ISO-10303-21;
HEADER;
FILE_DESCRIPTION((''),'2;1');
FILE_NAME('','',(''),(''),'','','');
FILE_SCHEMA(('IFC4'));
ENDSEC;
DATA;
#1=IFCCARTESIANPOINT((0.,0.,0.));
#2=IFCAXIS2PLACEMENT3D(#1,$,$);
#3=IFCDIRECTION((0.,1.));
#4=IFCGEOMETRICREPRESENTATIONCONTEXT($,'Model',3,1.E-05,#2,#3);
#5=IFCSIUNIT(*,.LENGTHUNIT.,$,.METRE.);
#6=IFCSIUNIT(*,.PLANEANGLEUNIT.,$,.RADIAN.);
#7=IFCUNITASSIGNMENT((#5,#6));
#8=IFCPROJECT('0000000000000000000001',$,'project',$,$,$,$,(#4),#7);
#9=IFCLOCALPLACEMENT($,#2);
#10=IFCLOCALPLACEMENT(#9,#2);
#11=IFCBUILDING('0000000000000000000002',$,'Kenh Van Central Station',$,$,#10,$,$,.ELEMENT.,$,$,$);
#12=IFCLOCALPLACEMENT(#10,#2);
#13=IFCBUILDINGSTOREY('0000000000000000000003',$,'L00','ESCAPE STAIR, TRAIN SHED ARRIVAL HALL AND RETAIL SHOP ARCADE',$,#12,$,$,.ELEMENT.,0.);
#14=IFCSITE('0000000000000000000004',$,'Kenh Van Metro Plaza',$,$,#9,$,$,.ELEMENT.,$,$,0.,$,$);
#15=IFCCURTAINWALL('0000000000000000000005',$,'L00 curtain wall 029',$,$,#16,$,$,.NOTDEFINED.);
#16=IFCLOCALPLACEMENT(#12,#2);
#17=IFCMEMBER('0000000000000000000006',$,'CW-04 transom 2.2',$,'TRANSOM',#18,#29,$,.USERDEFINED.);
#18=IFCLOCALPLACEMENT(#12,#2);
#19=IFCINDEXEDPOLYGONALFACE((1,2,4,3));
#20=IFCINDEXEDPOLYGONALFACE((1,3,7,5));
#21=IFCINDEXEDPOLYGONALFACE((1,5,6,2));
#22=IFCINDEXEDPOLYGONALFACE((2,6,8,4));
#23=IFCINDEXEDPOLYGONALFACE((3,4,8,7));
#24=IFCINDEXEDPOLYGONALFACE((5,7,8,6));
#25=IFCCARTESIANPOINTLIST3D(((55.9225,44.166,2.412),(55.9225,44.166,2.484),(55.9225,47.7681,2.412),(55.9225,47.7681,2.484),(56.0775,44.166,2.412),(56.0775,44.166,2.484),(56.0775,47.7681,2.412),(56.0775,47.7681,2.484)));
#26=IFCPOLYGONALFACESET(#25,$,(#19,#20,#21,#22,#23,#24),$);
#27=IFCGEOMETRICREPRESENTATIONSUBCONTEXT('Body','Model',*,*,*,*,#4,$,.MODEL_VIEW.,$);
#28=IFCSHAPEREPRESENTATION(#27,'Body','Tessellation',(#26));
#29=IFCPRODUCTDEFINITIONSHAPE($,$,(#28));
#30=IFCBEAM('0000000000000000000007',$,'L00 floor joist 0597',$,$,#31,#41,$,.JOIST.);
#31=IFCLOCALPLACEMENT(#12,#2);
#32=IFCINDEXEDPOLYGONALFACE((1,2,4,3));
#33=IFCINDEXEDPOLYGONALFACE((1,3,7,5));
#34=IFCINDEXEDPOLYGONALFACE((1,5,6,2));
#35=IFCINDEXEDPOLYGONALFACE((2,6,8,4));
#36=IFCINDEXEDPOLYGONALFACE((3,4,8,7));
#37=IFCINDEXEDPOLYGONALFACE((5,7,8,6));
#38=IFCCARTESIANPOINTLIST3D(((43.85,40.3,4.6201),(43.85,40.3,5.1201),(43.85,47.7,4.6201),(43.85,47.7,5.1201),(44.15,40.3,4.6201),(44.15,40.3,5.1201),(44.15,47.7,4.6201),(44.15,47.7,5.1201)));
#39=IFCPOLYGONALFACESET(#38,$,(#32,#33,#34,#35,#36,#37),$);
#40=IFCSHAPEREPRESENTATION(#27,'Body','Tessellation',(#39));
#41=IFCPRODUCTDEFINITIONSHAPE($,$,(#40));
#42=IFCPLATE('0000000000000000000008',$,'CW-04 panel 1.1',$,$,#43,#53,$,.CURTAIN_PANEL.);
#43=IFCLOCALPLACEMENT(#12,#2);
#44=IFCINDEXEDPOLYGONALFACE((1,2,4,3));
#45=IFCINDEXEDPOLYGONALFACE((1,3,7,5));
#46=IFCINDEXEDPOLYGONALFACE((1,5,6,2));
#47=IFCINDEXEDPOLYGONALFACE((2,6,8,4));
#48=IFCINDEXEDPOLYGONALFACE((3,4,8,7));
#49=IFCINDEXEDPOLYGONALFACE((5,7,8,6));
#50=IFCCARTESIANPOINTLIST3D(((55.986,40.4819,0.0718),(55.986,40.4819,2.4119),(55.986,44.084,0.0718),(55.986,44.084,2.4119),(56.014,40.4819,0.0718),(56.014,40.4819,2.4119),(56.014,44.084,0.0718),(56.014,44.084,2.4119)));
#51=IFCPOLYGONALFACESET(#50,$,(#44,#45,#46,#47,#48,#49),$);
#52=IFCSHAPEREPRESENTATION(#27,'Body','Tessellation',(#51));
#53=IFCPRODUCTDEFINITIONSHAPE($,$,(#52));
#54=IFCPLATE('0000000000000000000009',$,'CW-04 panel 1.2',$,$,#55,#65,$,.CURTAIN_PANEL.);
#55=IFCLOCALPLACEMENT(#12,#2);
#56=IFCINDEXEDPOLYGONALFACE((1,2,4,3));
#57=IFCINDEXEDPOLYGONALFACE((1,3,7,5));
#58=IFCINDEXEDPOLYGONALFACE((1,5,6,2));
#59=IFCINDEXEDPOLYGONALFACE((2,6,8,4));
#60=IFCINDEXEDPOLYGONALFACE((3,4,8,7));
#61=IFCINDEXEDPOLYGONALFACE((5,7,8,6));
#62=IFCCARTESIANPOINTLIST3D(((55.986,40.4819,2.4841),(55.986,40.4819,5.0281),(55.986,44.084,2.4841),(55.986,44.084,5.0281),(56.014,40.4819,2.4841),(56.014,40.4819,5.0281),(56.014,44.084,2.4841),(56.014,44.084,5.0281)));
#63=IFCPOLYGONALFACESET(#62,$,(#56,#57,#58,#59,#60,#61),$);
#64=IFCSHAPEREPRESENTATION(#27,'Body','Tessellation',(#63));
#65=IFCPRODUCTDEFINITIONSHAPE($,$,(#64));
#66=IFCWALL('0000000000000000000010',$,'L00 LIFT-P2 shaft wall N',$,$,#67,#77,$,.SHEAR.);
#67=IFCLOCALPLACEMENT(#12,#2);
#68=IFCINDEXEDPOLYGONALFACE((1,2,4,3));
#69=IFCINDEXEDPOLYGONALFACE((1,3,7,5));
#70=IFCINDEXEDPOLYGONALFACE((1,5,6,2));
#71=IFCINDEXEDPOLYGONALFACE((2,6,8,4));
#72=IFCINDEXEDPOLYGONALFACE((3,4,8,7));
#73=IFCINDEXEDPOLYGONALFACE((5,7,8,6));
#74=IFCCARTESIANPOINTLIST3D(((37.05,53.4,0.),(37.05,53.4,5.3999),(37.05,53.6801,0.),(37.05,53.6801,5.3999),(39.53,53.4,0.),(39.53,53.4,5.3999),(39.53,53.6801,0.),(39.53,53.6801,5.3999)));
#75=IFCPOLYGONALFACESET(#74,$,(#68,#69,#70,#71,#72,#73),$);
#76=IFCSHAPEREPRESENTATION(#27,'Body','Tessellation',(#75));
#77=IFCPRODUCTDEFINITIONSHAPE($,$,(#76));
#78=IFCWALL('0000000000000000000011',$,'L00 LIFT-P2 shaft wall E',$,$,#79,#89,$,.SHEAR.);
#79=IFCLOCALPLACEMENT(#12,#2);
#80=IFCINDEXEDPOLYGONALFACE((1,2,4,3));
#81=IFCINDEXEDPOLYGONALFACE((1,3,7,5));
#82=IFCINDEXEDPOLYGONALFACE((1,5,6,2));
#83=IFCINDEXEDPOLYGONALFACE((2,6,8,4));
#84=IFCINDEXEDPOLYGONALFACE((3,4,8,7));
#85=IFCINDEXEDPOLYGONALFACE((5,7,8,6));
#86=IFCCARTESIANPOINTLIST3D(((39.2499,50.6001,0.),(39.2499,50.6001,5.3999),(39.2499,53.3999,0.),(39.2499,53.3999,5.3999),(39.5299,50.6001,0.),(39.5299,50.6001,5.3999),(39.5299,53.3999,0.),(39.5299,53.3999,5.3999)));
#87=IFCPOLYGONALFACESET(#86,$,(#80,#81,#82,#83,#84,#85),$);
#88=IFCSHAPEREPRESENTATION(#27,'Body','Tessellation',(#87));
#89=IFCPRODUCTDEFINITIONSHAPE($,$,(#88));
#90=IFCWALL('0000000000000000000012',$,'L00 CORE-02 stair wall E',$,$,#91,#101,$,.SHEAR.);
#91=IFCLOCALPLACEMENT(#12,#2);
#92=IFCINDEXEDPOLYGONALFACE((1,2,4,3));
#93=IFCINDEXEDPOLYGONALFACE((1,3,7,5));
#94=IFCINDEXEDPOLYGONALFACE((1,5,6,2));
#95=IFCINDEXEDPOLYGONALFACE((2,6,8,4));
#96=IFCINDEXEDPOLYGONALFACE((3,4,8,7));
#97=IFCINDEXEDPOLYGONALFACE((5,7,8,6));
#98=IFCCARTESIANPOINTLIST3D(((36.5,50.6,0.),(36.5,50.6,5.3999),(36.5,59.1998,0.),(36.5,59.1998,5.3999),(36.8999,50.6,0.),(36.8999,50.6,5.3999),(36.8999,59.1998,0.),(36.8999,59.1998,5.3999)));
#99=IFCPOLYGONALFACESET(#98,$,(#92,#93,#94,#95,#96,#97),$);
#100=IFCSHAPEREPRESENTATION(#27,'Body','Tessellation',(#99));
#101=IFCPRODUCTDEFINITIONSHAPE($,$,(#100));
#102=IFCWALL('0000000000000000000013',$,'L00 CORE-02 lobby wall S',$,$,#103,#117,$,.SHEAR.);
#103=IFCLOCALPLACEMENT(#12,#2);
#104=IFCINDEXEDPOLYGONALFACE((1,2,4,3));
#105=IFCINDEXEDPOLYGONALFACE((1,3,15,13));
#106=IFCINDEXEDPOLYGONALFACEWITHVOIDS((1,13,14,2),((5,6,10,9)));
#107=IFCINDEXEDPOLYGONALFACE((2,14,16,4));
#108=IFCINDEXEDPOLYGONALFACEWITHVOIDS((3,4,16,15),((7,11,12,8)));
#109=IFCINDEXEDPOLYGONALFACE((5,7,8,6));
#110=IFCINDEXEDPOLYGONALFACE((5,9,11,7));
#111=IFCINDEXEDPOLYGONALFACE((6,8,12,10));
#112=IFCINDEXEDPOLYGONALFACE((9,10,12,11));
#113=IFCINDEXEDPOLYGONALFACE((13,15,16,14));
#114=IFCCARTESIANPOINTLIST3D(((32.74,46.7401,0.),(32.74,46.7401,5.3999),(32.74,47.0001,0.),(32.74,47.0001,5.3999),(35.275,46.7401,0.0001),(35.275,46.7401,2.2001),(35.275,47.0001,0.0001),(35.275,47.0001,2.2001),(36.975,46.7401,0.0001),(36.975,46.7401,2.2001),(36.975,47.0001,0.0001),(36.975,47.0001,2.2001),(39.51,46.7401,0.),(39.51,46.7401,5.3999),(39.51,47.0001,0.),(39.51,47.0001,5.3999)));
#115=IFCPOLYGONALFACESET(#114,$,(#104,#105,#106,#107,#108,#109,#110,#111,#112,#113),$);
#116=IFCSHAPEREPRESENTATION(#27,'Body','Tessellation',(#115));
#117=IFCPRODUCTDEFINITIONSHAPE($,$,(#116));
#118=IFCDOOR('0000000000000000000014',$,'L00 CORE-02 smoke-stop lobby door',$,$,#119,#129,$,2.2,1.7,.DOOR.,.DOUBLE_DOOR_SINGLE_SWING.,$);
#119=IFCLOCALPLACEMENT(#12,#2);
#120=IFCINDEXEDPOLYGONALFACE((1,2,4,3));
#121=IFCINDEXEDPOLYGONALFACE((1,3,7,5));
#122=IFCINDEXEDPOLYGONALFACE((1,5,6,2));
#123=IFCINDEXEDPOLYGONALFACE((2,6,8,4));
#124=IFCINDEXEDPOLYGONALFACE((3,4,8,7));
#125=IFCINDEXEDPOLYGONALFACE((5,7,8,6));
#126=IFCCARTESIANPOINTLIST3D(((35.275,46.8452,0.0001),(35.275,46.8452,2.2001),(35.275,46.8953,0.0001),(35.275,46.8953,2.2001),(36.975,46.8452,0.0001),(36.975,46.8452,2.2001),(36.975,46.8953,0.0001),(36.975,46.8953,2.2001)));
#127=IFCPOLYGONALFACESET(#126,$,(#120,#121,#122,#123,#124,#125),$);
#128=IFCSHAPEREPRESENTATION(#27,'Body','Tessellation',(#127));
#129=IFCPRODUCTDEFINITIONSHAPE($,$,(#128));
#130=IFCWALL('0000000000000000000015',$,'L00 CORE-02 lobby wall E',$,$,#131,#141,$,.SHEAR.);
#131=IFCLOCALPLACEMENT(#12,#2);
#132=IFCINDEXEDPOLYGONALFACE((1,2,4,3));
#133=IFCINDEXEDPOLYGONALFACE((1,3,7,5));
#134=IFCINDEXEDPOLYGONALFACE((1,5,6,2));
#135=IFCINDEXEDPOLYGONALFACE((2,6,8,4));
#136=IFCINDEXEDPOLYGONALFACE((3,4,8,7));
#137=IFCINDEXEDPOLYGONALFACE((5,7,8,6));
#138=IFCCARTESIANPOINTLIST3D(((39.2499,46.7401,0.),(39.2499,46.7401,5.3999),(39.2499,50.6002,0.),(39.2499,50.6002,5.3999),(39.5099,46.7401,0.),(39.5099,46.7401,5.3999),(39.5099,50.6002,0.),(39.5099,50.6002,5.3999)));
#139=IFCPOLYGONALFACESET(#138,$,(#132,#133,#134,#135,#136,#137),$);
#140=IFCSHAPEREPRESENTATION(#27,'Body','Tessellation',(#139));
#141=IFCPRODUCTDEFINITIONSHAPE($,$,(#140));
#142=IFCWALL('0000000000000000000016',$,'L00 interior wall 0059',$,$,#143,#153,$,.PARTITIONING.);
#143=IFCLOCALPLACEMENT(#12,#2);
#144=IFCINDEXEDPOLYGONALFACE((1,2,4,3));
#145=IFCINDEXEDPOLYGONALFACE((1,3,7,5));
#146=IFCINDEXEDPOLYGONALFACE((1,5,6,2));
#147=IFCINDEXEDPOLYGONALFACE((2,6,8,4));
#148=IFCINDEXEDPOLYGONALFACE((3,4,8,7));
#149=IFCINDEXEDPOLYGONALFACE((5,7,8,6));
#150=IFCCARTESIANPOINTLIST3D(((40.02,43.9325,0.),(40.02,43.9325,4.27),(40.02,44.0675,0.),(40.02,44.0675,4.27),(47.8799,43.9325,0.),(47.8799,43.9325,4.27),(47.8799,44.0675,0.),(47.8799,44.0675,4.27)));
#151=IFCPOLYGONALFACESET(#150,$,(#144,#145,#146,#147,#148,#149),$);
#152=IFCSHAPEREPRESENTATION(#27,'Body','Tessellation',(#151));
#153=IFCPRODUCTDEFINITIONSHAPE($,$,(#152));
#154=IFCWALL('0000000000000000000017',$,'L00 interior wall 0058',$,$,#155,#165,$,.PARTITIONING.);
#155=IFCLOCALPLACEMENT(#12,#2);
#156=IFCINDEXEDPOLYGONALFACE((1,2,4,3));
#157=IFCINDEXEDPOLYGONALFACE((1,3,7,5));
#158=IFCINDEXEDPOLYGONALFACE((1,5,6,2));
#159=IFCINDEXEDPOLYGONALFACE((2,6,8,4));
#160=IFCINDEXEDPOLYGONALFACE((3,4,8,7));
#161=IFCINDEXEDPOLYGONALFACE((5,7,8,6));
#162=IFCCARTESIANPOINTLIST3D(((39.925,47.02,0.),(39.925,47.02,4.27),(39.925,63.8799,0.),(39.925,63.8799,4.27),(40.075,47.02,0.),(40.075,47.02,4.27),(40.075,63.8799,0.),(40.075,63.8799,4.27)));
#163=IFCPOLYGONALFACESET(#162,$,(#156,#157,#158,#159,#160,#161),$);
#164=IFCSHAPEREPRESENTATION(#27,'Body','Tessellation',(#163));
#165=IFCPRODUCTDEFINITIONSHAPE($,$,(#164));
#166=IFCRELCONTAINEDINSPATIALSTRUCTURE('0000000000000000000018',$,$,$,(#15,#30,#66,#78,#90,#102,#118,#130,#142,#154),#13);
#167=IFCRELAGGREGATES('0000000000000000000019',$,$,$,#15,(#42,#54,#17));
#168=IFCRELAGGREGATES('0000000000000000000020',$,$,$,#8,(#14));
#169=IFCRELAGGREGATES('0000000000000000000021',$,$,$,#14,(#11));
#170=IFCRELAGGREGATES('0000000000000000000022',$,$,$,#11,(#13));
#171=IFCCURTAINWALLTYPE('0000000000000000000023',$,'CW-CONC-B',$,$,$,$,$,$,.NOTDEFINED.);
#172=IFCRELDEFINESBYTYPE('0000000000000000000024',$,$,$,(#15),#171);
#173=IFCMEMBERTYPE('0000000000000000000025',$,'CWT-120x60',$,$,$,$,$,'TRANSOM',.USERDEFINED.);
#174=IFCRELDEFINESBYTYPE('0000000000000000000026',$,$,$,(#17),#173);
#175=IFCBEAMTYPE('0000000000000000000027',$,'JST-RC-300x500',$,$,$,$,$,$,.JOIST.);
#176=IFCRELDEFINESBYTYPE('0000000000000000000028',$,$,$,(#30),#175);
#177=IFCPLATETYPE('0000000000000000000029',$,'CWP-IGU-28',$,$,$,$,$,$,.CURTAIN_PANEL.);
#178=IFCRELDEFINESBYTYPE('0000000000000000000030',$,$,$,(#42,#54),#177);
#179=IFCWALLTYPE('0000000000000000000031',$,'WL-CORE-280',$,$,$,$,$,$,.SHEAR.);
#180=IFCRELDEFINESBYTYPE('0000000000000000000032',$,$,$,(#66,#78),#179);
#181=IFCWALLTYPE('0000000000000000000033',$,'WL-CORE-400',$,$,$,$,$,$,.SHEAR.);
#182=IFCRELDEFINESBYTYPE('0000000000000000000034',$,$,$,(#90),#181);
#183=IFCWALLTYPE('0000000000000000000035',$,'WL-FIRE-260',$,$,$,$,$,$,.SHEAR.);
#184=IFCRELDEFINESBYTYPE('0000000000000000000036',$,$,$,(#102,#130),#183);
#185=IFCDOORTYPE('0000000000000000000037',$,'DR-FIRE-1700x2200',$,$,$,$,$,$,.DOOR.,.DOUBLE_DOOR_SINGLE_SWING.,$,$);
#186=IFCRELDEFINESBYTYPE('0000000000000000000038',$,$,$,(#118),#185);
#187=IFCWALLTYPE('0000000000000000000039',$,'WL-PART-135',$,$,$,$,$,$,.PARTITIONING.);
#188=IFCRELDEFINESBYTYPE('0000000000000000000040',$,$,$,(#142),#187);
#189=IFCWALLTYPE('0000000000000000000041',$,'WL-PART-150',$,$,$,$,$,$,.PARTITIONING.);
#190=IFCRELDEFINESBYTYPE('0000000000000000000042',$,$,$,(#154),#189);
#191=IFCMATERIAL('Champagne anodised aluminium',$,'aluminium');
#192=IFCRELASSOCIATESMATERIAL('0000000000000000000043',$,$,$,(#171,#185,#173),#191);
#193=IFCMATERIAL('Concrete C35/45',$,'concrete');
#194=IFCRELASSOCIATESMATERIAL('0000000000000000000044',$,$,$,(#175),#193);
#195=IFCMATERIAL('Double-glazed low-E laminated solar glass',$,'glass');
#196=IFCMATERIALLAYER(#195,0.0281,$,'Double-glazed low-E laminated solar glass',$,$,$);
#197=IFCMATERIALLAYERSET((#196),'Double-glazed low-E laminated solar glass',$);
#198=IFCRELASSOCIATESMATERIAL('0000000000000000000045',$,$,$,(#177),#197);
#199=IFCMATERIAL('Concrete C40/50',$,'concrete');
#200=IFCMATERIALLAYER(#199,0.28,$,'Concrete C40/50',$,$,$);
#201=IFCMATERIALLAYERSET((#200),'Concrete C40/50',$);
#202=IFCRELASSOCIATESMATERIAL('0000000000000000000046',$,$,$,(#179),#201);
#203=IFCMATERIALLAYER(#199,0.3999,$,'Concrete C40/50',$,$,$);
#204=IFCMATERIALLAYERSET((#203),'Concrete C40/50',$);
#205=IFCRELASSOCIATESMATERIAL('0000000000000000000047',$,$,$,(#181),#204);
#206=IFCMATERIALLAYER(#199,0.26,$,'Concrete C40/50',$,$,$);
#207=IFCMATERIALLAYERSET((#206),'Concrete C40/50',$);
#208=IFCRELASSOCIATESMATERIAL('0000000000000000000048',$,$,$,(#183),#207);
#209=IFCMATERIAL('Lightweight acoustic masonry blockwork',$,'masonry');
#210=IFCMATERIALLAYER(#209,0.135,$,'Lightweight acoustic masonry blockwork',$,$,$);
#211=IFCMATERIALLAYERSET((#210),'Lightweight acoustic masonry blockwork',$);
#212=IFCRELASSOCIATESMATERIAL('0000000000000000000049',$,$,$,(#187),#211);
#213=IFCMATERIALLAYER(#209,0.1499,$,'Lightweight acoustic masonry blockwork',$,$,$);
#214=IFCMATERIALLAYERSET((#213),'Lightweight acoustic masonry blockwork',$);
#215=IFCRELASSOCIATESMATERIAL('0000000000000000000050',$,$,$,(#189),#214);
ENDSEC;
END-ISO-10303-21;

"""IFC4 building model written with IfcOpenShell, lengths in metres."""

from ifc_helpers import new_model, si_unit, direction, frame, frame_2d, origin, origin_2d, place, context, subcontext, project, spatial, rectangle, extrude, material, layer, layer_set, material_profile, profile_set, type_object, element, fill, aggregate, save


model = new_model("IFC4")

# Units and contexts
model_context = context("Model", 3, precision=1e-05, world=origin(), true_north=direction((0.0, 1.0)))
body_context = subcontext(model_context, "Body", "Model", "MODEL_VIEW")
ifc_project = project(units=[si_unit("LENGTHUNIT", "METRE"), si_unit("PLANEANGLEUNIT", "RADIAN")], contexts=[model_context])

# Site, building, storey
site_placement = place(None, origin())
site = spatial("IfcSite", under=ifc_project, at=site_placement, Name="Kenh Van Metro Plaza", CompositionType="ELEMENT", RefElevation=0.0)
building_placement = place(site_placement, origin())
building = spatial("IfcBuilding", under=site, at=building_placement, Name="Kenh Van Central Station", CompositionType="ELEMENT")
storey_placement = place(building_placement, origin())
storey = spatial("IfcBuildingStorey", under=building, at=storey_placement, Name="L00", Description="ESCAPE STAIR, TRAIN SHED ARRIVAL HALL AND RETAIL SHOP ARCADE", CompositionType="ELEMENT", Elevation=0.0)

# Shared definitions
ifc_material_1 = material(Name="Concrete C40/50", Category="concrete")

# Shared definitions
ifc_material_2 = material(Name="Concrete C35/45", Category="concrete")

# Curtain wall, member
ifc_material_3 = material(Name="Champagne anodised aluminium", Category="aluminium")
curtain_wall_type = type_object("IfcCurtainWallType", Name="CW-CONC-B", PredefinedType="NOTDEFINED", material=ifc_material_3)
curtain_wall_placement = place(storey_placement, origin())
curtain_wall = element("IfcCurtainWall", 1, at=curtain_wall_placement, inside=storey, type_object=curtain_wall_type, Name="L00 curtain wall 029", PredefinedType="NOTDEFINED")
ifc_material_profile_1 = material_profile(ifc_material_3, rectangle(XDim=0.155, YDim=0.072, at=origin_2d()), Name="AL 155x72")
ifc_profile_set_1 = profile_set([ifc_material_profile_1], Name="Champagne anodised aluminium")
member_type_1 = type_object("IfcMemberType", Name="CWT-120x60", ElementType="TRANSOM", PredefinedType="USERDEFINED", material=ifc_profile_set_1)
member_1_placement = place(storey_placement, frame((56.0, 44.166, 2.448), z_axis=(0.0, 1.0, 0.0), x_axis=(-1.0, 0.0, 0.0)))
member_1 = element("IfcMember", 2, at=member_1_placement, type_object=member_type_1, Name="CW-04 transom 2.2", ObjectType="TRANSOM", PredefinedType="USERDEFINED", context=body_context, shape_type="SweptSolid", body=[
    extrude(rectangle(XDim=0.155, YDim=0.072, at=origin_2d()), origin(), (0.0, 0.0, 1.0), 3.6021),
])

# Beam
ifc_material_profile_2 = material_profile(ifc_material_2, rectangle(XDim=0.3, YDim=0.5, at=origin_2d()), Name="RC 300x500")
ifc_profile_set_2 = profile_set([ifc_material_profile_2], Name="Concrete C35/45")
beam_type_1 = type_object("IfcBeamType", Name="JST-RC-300x500", PredefinedType="JOIST", material=ifc_profile_set_2)
beam_1_placement = place(storey_placement, frame((44.0, 40.3, 4.8701), z_axis=(0.0, 1.0, 0.0), x_axis=(-1.0, 0.0, 0.0)))
element("IfcBeam", 3, at=beam_1_placement, inside=storey, type_object=beam_type_1, Name="L00 floor joist 0597", PredefinedType="JOIST", context=body_context, shape_type="SweptSolid", body=[
    extrude(rectangle(XDim=0.3, YDim=0.5, at=origin_2d()), origin(), (0.0, 0.0, 1.0), 7.3999),
])

# Plates
ifc_material_4 = material(Name="Double-glazed low-E laminated solar glass", Category="glass")
ifc_layer_1 = layer(ifc_material_4, 0.0281, Name="Double-glazed low-E laminated solar glass")
ifc_layer_set_1 = layer_set([ifc_layer_1], Name="Double-glazed low-E laminated solar glass")
plate_type = type_object("IfcPlateType", Name="CWP-IGU-28", PredefinedType="CURTAIN_PANEL", material=ifc_layer_set_1)
plate_1_placement = place(storey_placement, frame((56.0, 42.283, 0.0718), z_axis=(0.0, 0.0, 1.0), x_axis=(0.0, 1.0, 0.0)))
plate_1 = element("IfcPlate", 4, at=plate_1_placement, type_object=plate_type, Name="CW-04 panel 1.1", PredefinedType="CURTAIN_PANEL", context=body_context, shape_type="SweptSolid", body=[
    extrude(rectangle(XDim=3.6021, YDim=0.0281, at=origin_2d()), origin(), (0.0, 0.0, 1.0), 2.3401),
])
plate_2_placement = place(storey_placement, frame((56.0, 42.283, 2.4841), z_axis=(0.0, 0.0, 1.0), x_axis=(0.0, 1.0, 0.0)))
plate_2 = element("IfcPlate", 5, at=plate_2_placement, type_object=plate_type, Name="CW-04 panel 1.2", PredefinedType="CURTAIN_PANEL", context=body_context, shape_type="SweptSolid", body=[
    extrude(rectangle(XDim=3.6021, YDim=0.0281, at=origin_2d()), origin(), (0.0, 0.0, 1.0), 2.5439),
])
aggregate(curtain_wall, [plate_1, plate_2, member_1])

# Shared definitions
ifc_layer_2 = layer(ifc_material_1, 0.28, Name="Concrete C40/50")
ifc_layer_set_2 = layer_set([ifc_layer_2], Name="Concrete C40/50")
wall_type_1 = type_object("IfcWallType", Name="WL-CORE-280", PredefinedType="SHEAR", material=ifc_layer_set_2)

# Walls
wall_1_placement = place(storey_placement, frame((37.05, 53.54, 0.0), z_axis=(0.0, 0.0, 1.0), x_axis=(1.0, 0.0, 0.0)))
element("IfcWall", 6, at=wall_1_placement, inside=storey, type_object=wall_type_1, Name="L00 LIFT-P2 shaft wall N", PredefinedType="SHEAR", context=body_context, shape_type="SweptSolid", body=[
    extrude(rectangle(XDim=2.48, YDim=0.28, at=frame_2d((1.24, 0.0))), origin(), (0.0, 0.0, 1.0), 5.3999),
])
wall_2_placement = place(storey_placement, frame((39.3899, 50.6001, 0.0), z_axis=(0.0, 0.0, 1.0), x_axis=(0.0, 1.0, 0.0)))
element("IfcWall", 7, at=wall_2_placement, inside=storey, type_object=wall_type_1, Name="L00 LIFT-P2 shaft wall E", PredefinedType="SHEAR", context=body_context, shape_type="SweptSolid", body=[
    extrude(rectangle(XDim=2.7998, YDim=0.28, at=frame_2d((1.3999, 0.0))), origin(), (0.0, 0.0, 1.0), 5.3999),
])
ifc_layer_3 = layer(ifc_material_1, 0.3999, Name="Concrete C40/50")
ifc_layer_set_3 = layer_set([ifc_layer_3], Name="Concrete C40/50")
wall_type_2 = type_object("IfcWallType", Name="WL-CORE-400", PredefinedType="SHEAR", material=ifc_layer_set_3)
wall_3_placement = place(storey_placement, frame((36.7, 50.6001, 0.0), z_axis=(0.0, 0.0, 1.0), x_axis=(0.0, 1.0, 0.0)))
element("IfcWall", 8, at=wall_3_placement, inside=storey, type_object=wall_type_2, Name="L00 CORE-02 stair wall E", PredefinedType="SHEAR", context=body_context, shape_type="SweptSolid", body=[
    extrude(rectangle(XDim=8.5999, YDim=0.3999, at=frame_2d((4.2998, 0.0))), origin(), (0.0, 0.0, 1.0), 5.3999),
])

# Wall, opening, door
ifc_layer_4 = layer(ifc_material_1, 0.26, Name="Concrete C40/50")
ifc_layer_set_4 = layer_set([ifc_layer_4], Name="Concrete C40/50")
wall_type_3 = type_object("IfcWallType", Name="WL-FIRE-260", PredefinedType="SHEAR", material=ifc_layer_set_4)
wall_4_placement = place(storey_placement, frame((39.51, 46.8701, 0.0), z_axis=(0.0, 0.0, 1.0), x_axis=(-1.0, 0.0, 0.0)))
wall_4 = element("IfcWall", 9, at=wall_4_placement, inside=storey, type_object=wall_type_3, Name="L00 CORE-02 lobby wall S", PredefinedType="SHEAR", context=body_context, shape_type="SweptSolid", body=[
    extrude(rectangle(XDim=6.77, YDim=0.26, at=frame_2d((3.385, 0.0))), origin(), (0.0, 0.0, 1.0), 5.3999),
])
opening_1_placement = place(wall_4_placement, frame((2.5349, 0.0, 0.0)))
opening_1 = element("IfcOpeningElement", 10, at=opening_1_placement, cuts=wall_4, PredefinedType="OPENING", context=body_context, shape_type="SweptSolid", body=[
    extrude(rectangle(XDim=1.7, YDim=2.2, at=frame_2d((0.8501, 1.1001))), frame((0.0, 0.1399, 0.0), z_axis=(0.0, -1.0, 0.0), x_axis=(1.0, 0.0, 0.0)), (0.0, 0.0, 1.0), 0.28),
])
door_type_1 = type_object("IfcDoorType", Name="DR-FIRE-1700x2200", OperationType="DOUBLE_DOOR_SINGLE_SWING", PredefinedType="DOOR", material=ifc_material_3)
door_1_placement = place(opening_1_placement, origin())
door_1 = element("IfcDoor", 11, at=door_1_placement, inside=storey, type_object=door_type_1, Name="L00 CORE-02 smoke-stop lobby door", OperationType="DOUBLE_DOOR_SINGLE_SWING", OverallHeight=2.2, OverallWidth=1.7, PredefinedType="DOOR", context=body_context, shape_type="SweptSolid", body=[
    extrude(rectangle(XDim=1.7, YDim=2.2, at=frame_2d((0.8501, 1.1001))), frame((0.0, 0.0249, 0.0), z_axis=(0.0, -1.0, 0.0), x_axis=(1.0, 0.0, 0.0)), (0.0, 0.0, 1.0), 0.05),
])
fill(opening_1, door_1)

# Walls
wall_5_placement = place(storey_placement, frame((39.3799, 46.74, 0.0), z_axis=(0.0, 0.0, 1.0), x_axis=(0.0, 1.0, 0.0)))
element("IfcWall", 12, at=wall_5_placement, inside=storey, type_object=wall_type_3, Name="L00 CORE-02 lobby wall E", PredefinedType="SHEAR", context=body_context, shape_type="SweptSolid", body=[
    extrude(rectangle(XDim=3.8601, YDim=0.26, at=frame_2d((1.9302, 0.0))), origin(), (0.0, 0.0, 1.0), 5.3999),
])
ifc_material_5 = material(Name="Lightweight acoustic masonry blockwork", Category="masonry")
ifc_layer_5 = layer(ifc_material_5, 0.135, Name="Lightweight acoustic masonry blockwork")
ifc_layer_set_5 = layer_set([ifc_layer_5], Name="Lightweight acoustic masonry blockwork")
wall_type_4 = type_object("IfcWallType", Name="WL-PART-135", PredefinedType="PARTITIONING", material=ifc_layer_set_5)
wall_6_placement = place(storey_placement, frame((40.02, 44.0, 0.0), z_axis=(0.0, 0.0, 1.0), x_axis=(1.0, 0.0, 0.0)))
element("IfcWall", 13, at=wall_6_placement, inside=storey, type_object=wall_type_4, Name="L00 interior wall 0059", PredefinedType="PARTITIONING", context=body_context, shape_type="SweptSolid", body=[
    extrude(rectangle(XDim=7.8599, YDim=0.135, at=frame_2d((3.9299, 0.0))), origin(), (0.0, 0.0, 1.0), 4.27),
])
ifc_layer_6 = layer(ifc_material_5, 0.1499, Name="Lightweight acoustic masonry blockwork")
ifc_layer_set_6 = layer_set([ifc_layer_6], Name="Lightweight acoustic masonry blockwork")
wall_type_5 = type_object("IfcWallType", Name="WL-PART-150", PredefinedType="PARTITIONING", material=ifc_layer_set_6)
wall_7_placement = place(storey_placement, frame((40.0, 47.02, 0.0), z_axis=(0.0, 0.0, 1.0), x_axis=(0.0, 1.0, 0.0)))
element("IfcWall", 14, at=wall_7_placement, inside=storey, type_object=wall_type_5, Name="L00 interior wall 0058", PredefinedType="PARTITIONING", context=body_context, shape_type="SweptSolid", body=[
    extrude(rectangle(XDim=16.8599, YDim=0.1499, at=frame_2d((8.4299, 0.0))), origin(), (0.0, 0.0, 1.0), 4.27),
])

save(model, "model.ifc")
